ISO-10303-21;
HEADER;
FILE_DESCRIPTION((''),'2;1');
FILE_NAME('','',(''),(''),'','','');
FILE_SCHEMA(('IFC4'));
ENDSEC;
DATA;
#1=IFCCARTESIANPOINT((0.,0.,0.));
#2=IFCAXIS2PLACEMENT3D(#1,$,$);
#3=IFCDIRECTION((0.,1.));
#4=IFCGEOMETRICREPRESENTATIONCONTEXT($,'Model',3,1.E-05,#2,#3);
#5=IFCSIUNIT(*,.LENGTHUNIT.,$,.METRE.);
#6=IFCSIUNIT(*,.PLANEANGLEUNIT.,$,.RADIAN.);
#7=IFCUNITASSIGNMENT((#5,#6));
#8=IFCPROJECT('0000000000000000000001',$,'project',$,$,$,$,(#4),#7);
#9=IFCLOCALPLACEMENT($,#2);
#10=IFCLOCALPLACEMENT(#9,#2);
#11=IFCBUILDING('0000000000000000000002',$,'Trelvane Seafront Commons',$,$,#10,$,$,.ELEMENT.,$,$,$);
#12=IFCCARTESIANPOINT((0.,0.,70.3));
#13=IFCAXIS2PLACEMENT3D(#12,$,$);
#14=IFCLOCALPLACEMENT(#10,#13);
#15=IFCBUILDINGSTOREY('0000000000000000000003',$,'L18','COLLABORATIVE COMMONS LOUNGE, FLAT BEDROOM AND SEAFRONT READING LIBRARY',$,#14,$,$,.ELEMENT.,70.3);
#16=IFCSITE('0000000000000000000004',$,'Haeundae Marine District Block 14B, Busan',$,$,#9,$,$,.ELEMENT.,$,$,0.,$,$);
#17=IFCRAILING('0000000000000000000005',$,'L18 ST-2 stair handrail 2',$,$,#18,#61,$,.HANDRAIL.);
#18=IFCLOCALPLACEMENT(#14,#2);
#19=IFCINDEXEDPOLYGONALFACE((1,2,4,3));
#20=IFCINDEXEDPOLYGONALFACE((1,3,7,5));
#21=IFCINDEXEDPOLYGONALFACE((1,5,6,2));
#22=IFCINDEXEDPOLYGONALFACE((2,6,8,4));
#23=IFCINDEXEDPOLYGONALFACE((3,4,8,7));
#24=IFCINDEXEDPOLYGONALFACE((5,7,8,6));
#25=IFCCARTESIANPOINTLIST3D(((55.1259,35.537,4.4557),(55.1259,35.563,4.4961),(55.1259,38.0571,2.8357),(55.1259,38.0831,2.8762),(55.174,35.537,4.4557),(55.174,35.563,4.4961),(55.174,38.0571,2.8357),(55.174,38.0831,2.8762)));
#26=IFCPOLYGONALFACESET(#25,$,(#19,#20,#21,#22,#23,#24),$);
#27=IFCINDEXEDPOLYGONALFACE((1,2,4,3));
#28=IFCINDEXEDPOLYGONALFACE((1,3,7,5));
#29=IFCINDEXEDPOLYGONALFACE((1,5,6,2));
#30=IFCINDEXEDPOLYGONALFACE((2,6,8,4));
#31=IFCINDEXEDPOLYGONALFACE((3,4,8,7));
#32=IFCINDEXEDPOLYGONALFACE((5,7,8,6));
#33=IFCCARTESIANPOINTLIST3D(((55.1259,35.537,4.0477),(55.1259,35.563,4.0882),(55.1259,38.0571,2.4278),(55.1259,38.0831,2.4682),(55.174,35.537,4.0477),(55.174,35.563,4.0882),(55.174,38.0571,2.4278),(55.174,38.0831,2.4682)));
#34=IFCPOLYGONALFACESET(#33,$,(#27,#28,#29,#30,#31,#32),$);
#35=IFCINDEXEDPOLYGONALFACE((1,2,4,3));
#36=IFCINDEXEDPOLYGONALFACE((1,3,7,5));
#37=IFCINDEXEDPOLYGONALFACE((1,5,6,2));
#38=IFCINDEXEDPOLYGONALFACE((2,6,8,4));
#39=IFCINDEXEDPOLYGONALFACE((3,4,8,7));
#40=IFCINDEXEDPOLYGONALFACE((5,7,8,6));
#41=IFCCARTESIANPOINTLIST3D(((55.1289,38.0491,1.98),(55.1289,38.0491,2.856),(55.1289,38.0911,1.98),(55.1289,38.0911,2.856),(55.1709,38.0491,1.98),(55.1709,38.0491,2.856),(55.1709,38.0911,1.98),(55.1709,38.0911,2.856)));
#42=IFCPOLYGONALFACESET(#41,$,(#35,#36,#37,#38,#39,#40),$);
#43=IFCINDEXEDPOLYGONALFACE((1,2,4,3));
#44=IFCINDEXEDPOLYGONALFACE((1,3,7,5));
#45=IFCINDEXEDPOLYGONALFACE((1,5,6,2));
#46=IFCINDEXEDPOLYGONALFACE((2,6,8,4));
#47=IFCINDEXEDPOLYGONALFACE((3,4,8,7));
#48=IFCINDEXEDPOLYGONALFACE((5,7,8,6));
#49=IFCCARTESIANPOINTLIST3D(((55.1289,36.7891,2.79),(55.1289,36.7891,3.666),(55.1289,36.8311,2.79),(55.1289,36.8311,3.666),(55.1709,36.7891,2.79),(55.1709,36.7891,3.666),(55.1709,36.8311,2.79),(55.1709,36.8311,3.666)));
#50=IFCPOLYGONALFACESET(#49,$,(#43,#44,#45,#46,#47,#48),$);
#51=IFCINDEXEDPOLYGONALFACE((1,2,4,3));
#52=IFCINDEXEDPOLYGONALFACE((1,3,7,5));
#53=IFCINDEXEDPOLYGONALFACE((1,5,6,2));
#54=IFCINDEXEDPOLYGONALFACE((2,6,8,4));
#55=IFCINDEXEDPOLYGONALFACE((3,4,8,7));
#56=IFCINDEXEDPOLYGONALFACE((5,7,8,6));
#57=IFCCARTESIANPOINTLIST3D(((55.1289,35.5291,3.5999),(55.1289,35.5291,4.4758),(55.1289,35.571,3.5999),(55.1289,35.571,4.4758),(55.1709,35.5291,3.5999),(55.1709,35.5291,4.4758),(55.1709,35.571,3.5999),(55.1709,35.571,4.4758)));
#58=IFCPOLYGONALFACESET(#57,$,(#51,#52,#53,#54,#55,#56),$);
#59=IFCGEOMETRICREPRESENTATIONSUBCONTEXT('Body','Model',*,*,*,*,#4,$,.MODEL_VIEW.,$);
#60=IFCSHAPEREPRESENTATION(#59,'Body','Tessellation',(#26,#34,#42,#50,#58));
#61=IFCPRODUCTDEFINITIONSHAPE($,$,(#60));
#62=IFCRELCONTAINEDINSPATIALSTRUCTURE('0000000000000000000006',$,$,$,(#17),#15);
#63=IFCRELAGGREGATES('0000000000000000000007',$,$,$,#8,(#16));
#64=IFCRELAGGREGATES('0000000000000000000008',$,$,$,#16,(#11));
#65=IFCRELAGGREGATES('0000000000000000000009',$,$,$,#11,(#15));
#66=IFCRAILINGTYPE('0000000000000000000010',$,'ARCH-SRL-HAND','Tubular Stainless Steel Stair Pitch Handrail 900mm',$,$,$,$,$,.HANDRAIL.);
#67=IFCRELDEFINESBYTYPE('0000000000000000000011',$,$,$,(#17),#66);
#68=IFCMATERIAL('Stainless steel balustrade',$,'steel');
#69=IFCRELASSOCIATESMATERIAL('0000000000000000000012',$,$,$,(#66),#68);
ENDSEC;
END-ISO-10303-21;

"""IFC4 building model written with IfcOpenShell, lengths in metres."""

from ifc_helpers import new_model, si_unit, direction, frame, origin, origin_2d, place, context, subcontext, project, spatial, rectangle, extrude, material, type_object, element, save


model = new_model("IFC4")

# Units and contexts
model_context = context("Model", 3, precision=1e-05, world=origin(), true_north=direction((0.0, 1.0)))
body_context = subcontext(model_context, "Body", "Model", "MODEL_VIEW")
ifc_project = project(units=[si_unit("LENGTHUNIT", "METRE"), si_unit("PLANEANGLEUNIT", "RADIAN")], contexts=[model_context])

# Site, building, storey
site_placement = place(None, origin())
site = spatial("IfcSite", under=ifc_project, at=site_placement, Name="Haeundae Marine District Block 14B, Busan", CompositionType="ELEMENT", RefElevation=0.0)
building_placement = place(site_placement, origin())
building = spatial("IfcBuilding", under=site, at=building_placement, Name="Trelvane Seafront Commons", CompositionType="ELEMENT")
storey_placement = place(building_placement, frame((0.0, 0.0, 70.3)))
storey = spatial("IfcBuildingStorey", under=building, at=storey_placement, Name="L18", Description="COLLABORATIVE COMMONS LOUNGE, FLAT BEDROOM AND SEAFRONT READING LIBRARY", CompositionType="ELEMENT", Elevation=70.3)

# Railing
ifc_material_1 = material(Name="Stainless steel balustrade", Category="steel")
railing_type = type_object("IfcRailingType", Name="ARCH-SRL-HAND", Description="Tubular Stainless Steel Stair Pitch Handrail 900mm", PredefinedType="HANDRAIL", material=ifc_material_1)
railing_placement = place(storey_placement, frame((55.1499, 38.0701, 1.98)))
element("IfcRailing", 1, at=railing_placement, inside=storey, type_object=railing_type, Name="L18 ST-2 stair handrail 2", PredefinedType="HANDRAIL", context=body_context, shape_type="SweptSolid", body=[
    extrude(rectangle(XDim=0.0481, YDim=0.0481, at=origin_2d()), frame((0.0, 0.0, 0.876), z_axis=(0.0, -0.8412, 0.540725), x_axis=(1.0, 0.0, 0.0)), (0.0, 0.0, 1.0), 2.9958),
    extrude(rectangle(XDim=0.0481, YDim=0.0481, at=origin_2d()), frame((0.0, 0.0, 0.468), z_axis=(0.0, -0.8412, 0.540725), x_axis=(1.0, 0.0, 0.0)), (0.0, 0.0, 1.0), 2.9958),
    extrude(rectangle(XDim=0.042, YDim=0.042, at=origin_2d()), origin(), (0.0, 0.0, 1.0), 0.876),
    extrude(rectangle(XDim=0.042, YDim=0.042, at=origin_2d()), frame((0.0, -1.26, 0.8101)), (0.0, 0.0, 1.0), 0.876),
    extrude(rectangle(XDim=0.042, YDim=0.042, at=origin_2d()), frame((0.0, -2.52, 1.6199)), (0.0, 0.0, 1.0), 0.876),
])

save(model, "model.ifc")
